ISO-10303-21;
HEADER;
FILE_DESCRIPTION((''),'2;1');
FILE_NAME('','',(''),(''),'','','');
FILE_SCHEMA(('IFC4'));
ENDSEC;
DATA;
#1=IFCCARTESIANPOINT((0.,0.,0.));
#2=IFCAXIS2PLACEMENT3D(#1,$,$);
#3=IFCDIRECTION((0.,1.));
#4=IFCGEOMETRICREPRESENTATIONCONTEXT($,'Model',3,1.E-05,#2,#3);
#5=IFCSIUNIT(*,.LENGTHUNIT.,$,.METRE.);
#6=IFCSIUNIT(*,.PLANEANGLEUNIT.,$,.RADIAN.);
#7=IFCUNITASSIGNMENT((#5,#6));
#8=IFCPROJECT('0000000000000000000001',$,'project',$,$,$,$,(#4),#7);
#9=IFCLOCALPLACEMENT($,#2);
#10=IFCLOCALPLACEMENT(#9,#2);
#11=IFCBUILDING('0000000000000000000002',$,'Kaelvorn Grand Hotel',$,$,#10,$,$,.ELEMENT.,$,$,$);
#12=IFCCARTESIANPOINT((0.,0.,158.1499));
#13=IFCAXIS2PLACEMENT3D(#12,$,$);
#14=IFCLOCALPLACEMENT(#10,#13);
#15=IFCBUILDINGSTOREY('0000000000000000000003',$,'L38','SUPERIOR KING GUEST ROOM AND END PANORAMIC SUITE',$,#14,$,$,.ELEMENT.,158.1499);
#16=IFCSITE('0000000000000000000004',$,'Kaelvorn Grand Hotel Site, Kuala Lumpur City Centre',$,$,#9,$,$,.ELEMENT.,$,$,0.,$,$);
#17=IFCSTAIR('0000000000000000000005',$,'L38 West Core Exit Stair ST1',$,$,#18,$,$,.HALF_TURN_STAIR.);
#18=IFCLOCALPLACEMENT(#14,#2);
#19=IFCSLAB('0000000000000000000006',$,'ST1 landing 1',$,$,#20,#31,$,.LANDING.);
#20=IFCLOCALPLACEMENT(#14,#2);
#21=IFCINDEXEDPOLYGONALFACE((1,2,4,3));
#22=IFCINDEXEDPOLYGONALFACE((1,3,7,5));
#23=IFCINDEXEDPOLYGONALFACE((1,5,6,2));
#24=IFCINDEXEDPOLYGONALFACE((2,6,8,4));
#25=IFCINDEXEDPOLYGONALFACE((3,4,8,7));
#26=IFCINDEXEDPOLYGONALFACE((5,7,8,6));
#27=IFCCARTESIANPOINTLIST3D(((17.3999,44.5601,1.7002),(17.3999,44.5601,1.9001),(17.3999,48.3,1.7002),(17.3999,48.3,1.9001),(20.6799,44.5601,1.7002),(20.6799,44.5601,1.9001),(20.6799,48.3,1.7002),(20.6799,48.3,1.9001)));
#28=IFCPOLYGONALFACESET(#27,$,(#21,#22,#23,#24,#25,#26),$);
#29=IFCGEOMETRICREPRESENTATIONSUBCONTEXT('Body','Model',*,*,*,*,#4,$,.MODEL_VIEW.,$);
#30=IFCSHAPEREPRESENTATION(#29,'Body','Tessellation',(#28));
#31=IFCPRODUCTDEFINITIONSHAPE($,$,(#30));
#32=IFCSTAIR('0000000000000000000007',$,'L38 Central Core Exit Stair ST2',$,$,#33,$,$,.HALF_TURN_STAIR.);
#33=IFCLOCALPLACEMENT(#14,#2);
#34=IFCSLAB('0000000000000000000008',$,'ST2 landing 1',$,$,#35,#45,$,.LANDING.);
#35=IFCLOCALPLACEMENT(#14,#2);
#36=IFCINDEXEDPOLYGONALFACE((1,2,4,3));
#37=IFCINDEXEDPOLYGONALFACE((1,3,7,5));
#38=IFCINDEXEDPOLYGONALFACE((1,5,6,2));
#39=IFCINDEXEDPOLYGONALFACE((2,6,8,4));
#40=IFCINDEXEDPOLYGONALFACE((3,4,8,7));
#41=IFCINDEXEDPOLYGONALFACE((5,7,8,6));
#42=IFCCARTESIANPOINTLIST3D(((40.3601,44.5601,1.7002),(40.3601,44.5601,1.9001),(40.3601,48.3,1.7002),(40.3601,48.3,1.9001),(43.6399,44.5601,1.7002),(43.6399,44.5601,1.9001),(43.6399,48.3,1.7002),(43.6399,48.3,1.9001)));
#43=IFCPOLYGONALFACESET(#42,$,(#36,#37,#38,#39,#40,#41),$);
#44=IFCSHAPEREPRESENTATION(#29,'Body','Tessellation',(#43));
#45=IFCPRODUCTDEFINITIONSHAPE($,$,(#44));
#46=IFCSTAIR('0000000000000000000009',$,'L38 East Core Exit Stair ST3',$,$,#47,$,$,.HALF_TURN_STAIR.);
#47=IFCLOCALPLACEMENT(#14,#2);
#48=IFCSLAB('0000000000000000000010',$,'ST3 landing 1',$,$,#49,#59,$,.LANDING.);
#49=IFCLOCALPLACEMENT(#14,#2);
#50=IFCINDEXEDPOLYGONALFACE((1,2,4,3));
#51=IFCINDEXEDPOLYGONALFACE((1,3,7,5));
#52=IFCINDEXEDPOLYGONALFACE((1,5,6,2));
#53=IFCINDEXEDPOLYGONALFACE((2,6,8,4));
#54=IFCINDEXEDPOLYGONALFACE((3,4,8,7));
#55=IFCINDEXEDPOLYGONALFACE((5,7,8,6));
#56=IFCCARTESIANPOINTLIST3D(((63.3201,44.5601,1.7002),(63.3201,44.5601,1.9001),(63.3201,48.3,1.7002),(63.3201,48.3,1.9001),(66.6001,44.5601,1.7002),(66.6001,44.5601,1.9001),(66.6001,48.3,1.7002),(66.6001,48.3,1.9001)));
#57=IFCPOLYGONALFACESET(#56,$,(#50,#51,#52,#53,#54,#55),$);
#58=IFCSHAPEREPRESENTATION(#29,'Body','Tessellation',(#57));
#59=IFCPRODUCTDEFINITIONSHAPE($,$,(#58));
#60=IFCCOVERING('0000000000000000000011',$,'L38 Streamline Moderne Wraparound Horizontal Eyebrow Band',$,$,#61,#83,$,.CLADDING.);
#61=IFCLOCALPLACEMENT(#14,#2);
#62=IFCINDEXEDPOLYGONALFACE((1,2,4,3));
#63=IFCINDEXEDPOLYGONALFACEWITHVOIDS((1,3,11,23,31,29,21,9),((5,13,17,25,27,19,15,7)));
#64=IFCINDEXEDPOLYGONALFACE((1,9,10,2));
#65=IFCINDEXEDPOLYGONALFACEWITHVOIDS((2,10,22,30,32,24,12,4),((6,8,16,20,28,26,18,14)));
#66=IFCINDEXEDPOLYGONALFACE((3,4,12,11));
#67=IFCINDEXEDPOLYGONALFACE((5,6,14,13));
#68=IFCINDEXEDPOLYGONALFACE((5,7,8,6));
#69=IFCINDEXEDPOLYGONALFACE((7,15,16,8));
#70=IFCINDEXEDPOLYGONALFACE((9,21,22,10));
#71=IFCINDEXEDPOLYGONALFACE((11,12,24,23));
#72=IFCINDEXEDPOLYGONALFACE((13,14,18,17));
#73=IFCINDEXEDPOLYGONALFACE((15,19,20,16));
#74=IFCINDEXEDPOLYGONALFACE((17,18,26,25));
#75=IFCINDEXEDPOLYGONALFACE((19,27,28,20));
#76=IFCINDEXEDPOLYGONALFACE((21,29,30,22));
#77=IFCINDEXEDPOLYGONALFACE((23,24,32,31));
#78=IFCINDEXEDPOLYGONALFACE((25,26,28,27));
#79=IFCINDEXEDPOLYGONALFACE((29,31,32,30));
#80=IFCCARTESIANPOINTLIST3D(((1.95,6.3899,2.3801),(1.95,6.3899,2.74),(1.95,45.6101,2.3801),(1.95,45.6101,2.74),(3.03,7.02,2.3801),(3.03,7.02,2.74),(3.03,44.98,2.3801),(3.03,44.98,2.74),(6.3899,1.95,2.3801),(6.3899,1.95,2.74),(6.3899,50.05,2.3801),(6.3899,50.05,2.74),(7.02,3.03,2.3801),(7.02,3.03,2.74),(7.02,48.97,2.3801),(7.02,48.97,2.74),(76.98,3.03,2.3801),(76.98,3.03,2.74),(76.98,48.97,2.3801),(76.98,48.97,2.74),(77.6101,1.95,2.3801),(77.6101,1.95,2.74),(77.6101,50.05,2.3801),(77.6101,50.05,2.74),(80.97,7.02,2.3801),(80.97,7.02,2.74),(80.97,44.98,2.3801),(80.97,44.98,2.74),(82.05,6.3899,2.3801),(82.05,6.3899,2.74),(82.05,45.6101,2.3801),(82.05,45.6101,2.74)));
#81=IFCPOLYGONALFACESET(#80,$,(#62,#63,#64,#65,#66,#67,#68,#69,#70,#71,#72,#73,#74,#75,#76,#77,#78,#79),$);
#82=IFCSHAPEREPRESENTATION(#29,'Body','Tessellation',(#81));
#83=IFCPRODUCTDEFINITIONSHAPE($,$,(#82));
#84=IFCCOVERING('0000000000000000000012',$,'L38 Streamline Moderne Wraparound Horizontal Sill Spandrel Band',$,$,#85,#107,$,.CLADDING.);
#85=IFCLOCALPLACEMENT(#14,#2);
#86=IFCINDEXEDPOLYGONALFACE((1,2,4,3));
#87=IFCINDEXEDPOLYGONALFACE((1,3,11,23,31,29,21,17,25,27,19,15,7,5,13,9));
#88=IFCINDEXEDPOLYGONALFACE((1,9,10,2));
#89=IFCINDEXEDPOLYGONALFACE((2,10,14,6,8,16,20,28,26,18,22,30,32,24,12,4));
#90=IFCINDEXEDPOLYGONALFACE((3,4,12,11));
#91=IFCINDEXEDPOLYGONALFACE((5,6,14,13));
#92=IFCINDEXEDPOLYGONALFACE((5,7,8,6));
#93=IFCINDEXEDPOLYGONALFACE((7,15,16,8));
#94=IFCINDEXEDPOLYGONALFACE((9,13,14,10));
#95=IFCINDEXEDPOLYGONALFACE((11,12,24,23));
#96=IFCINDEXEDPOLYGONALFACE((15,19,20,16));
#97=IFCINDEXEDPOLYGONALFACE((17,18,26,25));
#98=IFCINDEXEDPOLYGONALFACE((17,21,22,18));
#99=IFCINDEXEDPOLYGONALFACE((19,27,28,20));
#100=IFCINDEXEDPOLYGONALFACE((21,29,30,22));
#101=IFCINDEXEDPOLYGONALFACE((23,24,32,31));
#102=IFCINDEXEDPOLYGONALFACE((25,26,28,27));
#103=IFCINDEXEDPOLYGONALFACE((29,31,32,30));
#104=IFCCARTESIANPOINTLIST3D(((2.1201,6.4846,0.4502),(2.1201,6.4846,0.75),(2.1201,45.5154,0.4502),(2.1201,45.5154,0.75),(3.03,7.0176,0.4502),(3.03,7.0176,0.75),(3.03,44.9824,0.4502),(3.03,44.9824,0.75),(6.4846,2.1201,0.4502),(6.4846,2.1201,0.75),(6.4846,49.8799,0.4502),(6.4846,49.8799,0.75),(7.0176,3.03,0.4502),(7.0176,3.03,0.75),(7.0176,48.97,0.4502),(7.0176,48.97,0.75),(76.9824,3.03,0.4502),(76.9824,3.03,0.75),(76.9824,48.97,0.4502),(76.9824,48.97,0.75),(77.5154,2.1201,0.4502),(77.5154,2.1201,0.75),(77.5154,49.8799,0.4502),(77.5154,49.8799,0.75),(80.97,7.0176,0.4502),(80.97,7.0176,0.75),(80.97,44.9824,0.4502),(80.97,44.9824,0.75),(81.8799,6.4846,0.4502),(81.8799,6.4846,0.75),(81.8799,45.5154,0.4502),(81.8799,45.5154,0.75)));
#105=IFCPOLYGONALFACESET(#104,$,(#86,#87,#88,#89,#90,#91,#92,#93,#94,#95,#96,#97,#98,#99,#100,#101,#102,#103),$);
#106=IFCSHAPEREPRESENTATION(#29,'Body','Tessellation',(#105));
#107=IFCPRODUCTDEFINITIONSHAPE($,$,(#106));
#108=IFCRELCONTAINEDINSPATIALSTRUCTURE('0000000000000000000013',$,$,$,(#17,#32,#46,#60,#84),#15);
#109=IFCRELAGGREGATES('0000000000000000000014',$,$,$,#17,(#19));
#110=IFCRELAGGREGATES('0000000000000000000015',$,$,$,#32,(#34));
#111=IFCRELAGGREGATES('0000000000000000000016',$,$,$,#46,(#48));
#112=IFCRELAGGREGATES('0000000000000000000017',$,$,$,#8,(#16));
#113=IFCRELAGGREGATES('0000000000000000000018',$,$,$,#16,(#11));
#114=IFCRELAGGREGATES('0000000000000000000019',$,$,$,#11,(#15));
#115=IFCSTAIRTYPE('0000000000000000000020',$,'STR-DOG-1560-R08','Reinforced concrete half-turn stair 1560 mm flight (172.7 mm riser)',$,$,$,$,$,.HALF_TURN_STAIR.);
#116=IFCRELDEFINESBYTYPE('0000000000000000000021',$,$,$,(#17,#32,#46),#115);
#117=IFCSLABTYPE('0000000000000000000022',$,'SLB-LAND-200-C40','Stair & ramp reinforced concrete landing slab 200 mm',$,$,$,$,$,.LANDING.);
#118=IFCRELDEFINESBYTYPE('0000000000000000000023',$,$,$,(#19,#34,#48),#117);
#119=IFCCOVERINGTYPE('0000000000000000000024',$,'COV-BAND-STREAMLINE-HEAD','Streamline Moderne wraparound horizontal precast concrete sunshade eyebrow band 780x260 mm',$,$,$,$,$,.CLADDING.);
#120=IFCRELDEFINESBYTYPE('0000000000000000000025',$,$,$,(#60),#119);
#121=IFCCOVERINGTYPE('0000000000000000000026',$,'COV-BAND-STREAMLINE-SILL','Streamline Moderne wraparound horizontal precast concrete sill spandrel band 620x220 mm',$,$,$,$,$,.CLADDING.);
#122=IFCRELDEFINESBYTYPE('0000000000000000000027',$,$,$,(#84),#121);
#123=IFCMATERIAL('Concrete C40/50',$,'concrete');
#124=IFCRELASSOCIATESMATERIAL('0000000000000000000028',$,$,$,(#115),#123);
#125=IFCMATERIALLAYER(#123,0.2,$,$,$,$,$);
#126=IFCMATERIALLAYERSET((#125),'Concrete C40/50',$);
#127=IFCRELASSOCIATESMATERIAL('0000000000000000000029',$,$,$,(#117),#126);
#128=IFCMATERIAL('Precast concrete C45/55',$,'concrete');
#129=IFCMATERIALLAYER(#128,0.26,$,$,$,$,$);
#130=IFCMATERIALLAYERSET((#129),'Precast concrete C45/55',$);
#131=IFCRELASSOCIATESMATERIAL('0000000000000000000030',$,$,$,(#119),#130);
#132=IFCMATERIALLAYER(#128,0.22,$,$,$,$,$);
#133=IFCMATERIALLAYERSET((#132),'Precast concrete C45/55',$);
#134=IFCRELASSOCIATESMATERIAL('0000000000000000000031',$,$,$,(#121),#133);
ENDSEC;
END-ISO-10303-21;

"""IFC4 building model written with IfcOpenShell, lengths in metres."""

from ifc_helpers import new_model, si_unit, direction, frame, origin, place, context, subcontext, project, spatial, polyline, outline, extrude, material, layer, layer_set, type_object, element, aggregate, save


model = new_model("IFC4")

# Units and contexts
model_context = context("Model", 3, precision=1e-05, world=origin(), true_north=direction((0.0, 1.0)))
body_context = subcontext(model_context, "Body", "Model", "MODEL_VIEW")
ifc_project = project(units=[si_unit("LENGTHUNIT", "METRE"), si_unit("PLANEANGLEUNIT", "RADIAN")], contexts=[model_context])

# Site, building, storey
site_placement = place(None, origin())
site = spatial("IfcSite", under=ifc_project, at=site_placement, Name="Kaelvorn Grand Hotel Site, Kuala Lumpur City Centre", CompositionType="ELEMENT", RefElevation=0.0)
building_placement = place(site_placement, origin())
building = spatial("IfcBuilding", under=site, at=building_placement, Name="Kaelvorn Grand Hotel", CompositionType="ELEMENT")
storey_placement = place(building_placement, frame((0.0, 0.0, 158.1499)))
storey = spatial("IfcBuildingStorey", under=building, at=storey_placement, Name="L38", Description="SUPERIOR KING GUEST ROOM AND END PANORAMIC SUITE", CompositionType="ELEMENT", Elevation=158.1499)

# Shared definitions
ifc_material_1 = material(Name="Concrete C40/50", Category="concrete")

# Stairs, slabs
stair_type = type_object("IfcStairType", Name="STR-DOG-1560-R08", Description="Reinforced concrete half-turn stair 1560 mm flight (172.7 mm riser)", PredefinedType="HALF_TURN_STAIR", material=ifc_material_1)
stair_1_placement = place(storey_placement, origin())
stair_1 = element("IfcStair", 1, at=stair_1_placement, inside=storey, type_object=stair_type, Name="L38 West Core Exit Stair ST1", PredefinedType="HALF_TURN_STAIR")
ifc_layer_1 = layer(ifc_material_1, 0.2)
ifc_layer_set_1 = layer_set([ifc_layer_1], Name="Concrete C40/50")
slab_type_1 = type_object("IfcSlabType", Name="SLB-LAND-200-C40", Description="Stair & ramp reinforced concrete landing slab 200 mm", PredefinedType="LANDING", material=ifc_layer_set_1)
slab_1_placement = place(storey_placement, frame((0.0, 0.0, 1.7002)))
slab_1 = element("IfcSlab", 2, at=slab_1_placement, type_object=slab_type_1, Name="ST1 landing 1", PredefinedType="LANDING", context=body_context, shape_type="SweptSolid", body=[
    extrude(outline(polyline([(20.6799, 44.5601), (20.6799, 48.3), (17.3999, 48.3), (17.3999, 44.5601), (20.6799, 44.5601)])), origin(), (0.0, 0.0, 1.0), 0.2),
])
aggregate(stair_1, [slab_1])
stair_2_placement = place(storey_placement, origin())
stair_2 = element("IfcStair", 3, at=stair_2_placement, inside=storey, type_object=stair_type, Name="L38 Central Core Exit Stair ST2", PredefinedType="HALF_TURN_STAIR")
slab_2_placement = place(storey_placement, frame((0.0, 0.0, 1.7002)))
slab_2 = element("IfcSlab", 4, at=slab_2_placement, type_object=slab_type_1, Name="ST2 landing 1", PredefinedType="LANDING", context=body_context, shape_type="SweptSolid", body=[
    extrude(outline(polyline([(43.6399, 44.5601), (43.6399, 48.3), (40.3601, 48.3), (40.3601, 44.5601), (43.6399, 44.5601)])), origin(), (0.0, 0.0, 1.0), 0.2),
])
aggregate(stair_2, [slab_2])
stair_3_placement = place(storey_placement, origin())
stair_3 = element("IfcStair", 5, at=stair_3_placement, inside=storey, type_object=stair_type, Name="L38 East Core Exit Stair ST3", PredefinedType="HALF_TURN_STAIR")
slab_3_placement = place(storey_placement, frame((0.0, 0.0, 1.7002)))
slab_3 = element("IfcSlab", 6, at=slab_3_placement, type_object=slab_type_1, Name="ST3 landing 1", PredefinedType="LANDING", context=body_context, shape_type="SweptSolid", body=[
    extrude(outline(polyline([(66.6001, 44.5601), (66.6001, 48.3), (63.3201, 48.3), (63.3201, 44.5601), (66.6001, 44.5601)])), origin(), (0.0, 0.0, 1.0), 0.2),
])
aggregate(stair_3, [slab_3])

# Coverings
ifc_material_2 = material(Name="Precast concrete C45/55", Category="concrete")
ifc_layer_2 = layer(ifc_material_2, 0.26)
ifc_layer_set_2 = layer_set([ifc_layer_2], Name="Precast concrete C45/55")
covering_type_1 = type_object("IfcCoveringType", Name="COV-BAND-STREAMLINE-HEAD", Description="Streamline Moderne wraparound horizontal precast concrete sunshade eyebrow band 780x260 mm", PredefinedType="CLADDING", material=ifc_layer_set_2)
covering_1_placement = place(storey_placement, frame((0.0, 0.0, 2.3801)))
element("IfcCovering", 7, at=covering_1_placement, inside=storey, type_object=covering_type_1, Name="L38 Streamline Moderne Wraparound Horizontal Eyebrow Band", PredefinedType="CLADDING", context=body_context, shape_type="SweptSolid", body=[
    extrude(outline(polyline([(6.3899, 1.95), (77.6101, 1.95), (82.05, 6.3899), (82.05, 45.6101), (77.6101, 50.05), (6.3899, 50.05), (1.95, 45.6101), (1.95, 6.3899), (6.3899, 1.95)]), holes=[polyline([(7.02, 3.03), (76.98, 3.03), (80.97, 7.02), (80.97, 44.98), (76.98, 48.97), (7.02, 48.97), (3.03, 44.98), (3.03, 7.02), (7.02, 3.03)])]), origin(), (0.0, 0.0, 1.0), 0.3599),
])
ifc_layer_3 = layer(ifc_material_2, 0.22)
ifc_layer_set_3 = layer_set([ifc_layer_3], Name="Precast concrete C45/55")
covering_type_2 = type_object("IfcCoveringType", Name="COV-BAND-STREAMLINE-SILL", Description="Streamline Moderne wraparound horizontal precast concrete sill spandrel band 620x220 mm", PredefinedType="CLADDING", material=ifc_layer_set_3)
covering_2_placement = place(storey_placement, frame((0.0, 0.0, 0.4502)))
element("IfcCovering", 8, at=covering_2_placement, inside=storey, type_object=covering_type_2, Name="L38 Streamline Moderne Wraparound Horizontal Sill Spandrel Band", PredefinedType="CLADDING", context=body_context, shape_type="SweptSolid", body=[
    extrude(outline(polyline([(77.5154, 2.1201), (81.8799, 6.4846), (81.8799, 45.5154), (77.5154, 49.8799), (6.4846, 49.8799), (2.1201, 45.5154), (2.1201, 6.4846), (6.4846, 2.1201), (7.0176, 3.03), (3.03, 7.0176), (3.03, 44.9824), (7.0176, 48.97), (76.9824, 48.97), (80.97, 44.9824), (80.97, 7.0176), (76.9824, 3.03), (77.5154, 2.1201)])), origin(), (0.0, 0.0, 1.0), 0.2998),
])

save(model, "model.ifc")
